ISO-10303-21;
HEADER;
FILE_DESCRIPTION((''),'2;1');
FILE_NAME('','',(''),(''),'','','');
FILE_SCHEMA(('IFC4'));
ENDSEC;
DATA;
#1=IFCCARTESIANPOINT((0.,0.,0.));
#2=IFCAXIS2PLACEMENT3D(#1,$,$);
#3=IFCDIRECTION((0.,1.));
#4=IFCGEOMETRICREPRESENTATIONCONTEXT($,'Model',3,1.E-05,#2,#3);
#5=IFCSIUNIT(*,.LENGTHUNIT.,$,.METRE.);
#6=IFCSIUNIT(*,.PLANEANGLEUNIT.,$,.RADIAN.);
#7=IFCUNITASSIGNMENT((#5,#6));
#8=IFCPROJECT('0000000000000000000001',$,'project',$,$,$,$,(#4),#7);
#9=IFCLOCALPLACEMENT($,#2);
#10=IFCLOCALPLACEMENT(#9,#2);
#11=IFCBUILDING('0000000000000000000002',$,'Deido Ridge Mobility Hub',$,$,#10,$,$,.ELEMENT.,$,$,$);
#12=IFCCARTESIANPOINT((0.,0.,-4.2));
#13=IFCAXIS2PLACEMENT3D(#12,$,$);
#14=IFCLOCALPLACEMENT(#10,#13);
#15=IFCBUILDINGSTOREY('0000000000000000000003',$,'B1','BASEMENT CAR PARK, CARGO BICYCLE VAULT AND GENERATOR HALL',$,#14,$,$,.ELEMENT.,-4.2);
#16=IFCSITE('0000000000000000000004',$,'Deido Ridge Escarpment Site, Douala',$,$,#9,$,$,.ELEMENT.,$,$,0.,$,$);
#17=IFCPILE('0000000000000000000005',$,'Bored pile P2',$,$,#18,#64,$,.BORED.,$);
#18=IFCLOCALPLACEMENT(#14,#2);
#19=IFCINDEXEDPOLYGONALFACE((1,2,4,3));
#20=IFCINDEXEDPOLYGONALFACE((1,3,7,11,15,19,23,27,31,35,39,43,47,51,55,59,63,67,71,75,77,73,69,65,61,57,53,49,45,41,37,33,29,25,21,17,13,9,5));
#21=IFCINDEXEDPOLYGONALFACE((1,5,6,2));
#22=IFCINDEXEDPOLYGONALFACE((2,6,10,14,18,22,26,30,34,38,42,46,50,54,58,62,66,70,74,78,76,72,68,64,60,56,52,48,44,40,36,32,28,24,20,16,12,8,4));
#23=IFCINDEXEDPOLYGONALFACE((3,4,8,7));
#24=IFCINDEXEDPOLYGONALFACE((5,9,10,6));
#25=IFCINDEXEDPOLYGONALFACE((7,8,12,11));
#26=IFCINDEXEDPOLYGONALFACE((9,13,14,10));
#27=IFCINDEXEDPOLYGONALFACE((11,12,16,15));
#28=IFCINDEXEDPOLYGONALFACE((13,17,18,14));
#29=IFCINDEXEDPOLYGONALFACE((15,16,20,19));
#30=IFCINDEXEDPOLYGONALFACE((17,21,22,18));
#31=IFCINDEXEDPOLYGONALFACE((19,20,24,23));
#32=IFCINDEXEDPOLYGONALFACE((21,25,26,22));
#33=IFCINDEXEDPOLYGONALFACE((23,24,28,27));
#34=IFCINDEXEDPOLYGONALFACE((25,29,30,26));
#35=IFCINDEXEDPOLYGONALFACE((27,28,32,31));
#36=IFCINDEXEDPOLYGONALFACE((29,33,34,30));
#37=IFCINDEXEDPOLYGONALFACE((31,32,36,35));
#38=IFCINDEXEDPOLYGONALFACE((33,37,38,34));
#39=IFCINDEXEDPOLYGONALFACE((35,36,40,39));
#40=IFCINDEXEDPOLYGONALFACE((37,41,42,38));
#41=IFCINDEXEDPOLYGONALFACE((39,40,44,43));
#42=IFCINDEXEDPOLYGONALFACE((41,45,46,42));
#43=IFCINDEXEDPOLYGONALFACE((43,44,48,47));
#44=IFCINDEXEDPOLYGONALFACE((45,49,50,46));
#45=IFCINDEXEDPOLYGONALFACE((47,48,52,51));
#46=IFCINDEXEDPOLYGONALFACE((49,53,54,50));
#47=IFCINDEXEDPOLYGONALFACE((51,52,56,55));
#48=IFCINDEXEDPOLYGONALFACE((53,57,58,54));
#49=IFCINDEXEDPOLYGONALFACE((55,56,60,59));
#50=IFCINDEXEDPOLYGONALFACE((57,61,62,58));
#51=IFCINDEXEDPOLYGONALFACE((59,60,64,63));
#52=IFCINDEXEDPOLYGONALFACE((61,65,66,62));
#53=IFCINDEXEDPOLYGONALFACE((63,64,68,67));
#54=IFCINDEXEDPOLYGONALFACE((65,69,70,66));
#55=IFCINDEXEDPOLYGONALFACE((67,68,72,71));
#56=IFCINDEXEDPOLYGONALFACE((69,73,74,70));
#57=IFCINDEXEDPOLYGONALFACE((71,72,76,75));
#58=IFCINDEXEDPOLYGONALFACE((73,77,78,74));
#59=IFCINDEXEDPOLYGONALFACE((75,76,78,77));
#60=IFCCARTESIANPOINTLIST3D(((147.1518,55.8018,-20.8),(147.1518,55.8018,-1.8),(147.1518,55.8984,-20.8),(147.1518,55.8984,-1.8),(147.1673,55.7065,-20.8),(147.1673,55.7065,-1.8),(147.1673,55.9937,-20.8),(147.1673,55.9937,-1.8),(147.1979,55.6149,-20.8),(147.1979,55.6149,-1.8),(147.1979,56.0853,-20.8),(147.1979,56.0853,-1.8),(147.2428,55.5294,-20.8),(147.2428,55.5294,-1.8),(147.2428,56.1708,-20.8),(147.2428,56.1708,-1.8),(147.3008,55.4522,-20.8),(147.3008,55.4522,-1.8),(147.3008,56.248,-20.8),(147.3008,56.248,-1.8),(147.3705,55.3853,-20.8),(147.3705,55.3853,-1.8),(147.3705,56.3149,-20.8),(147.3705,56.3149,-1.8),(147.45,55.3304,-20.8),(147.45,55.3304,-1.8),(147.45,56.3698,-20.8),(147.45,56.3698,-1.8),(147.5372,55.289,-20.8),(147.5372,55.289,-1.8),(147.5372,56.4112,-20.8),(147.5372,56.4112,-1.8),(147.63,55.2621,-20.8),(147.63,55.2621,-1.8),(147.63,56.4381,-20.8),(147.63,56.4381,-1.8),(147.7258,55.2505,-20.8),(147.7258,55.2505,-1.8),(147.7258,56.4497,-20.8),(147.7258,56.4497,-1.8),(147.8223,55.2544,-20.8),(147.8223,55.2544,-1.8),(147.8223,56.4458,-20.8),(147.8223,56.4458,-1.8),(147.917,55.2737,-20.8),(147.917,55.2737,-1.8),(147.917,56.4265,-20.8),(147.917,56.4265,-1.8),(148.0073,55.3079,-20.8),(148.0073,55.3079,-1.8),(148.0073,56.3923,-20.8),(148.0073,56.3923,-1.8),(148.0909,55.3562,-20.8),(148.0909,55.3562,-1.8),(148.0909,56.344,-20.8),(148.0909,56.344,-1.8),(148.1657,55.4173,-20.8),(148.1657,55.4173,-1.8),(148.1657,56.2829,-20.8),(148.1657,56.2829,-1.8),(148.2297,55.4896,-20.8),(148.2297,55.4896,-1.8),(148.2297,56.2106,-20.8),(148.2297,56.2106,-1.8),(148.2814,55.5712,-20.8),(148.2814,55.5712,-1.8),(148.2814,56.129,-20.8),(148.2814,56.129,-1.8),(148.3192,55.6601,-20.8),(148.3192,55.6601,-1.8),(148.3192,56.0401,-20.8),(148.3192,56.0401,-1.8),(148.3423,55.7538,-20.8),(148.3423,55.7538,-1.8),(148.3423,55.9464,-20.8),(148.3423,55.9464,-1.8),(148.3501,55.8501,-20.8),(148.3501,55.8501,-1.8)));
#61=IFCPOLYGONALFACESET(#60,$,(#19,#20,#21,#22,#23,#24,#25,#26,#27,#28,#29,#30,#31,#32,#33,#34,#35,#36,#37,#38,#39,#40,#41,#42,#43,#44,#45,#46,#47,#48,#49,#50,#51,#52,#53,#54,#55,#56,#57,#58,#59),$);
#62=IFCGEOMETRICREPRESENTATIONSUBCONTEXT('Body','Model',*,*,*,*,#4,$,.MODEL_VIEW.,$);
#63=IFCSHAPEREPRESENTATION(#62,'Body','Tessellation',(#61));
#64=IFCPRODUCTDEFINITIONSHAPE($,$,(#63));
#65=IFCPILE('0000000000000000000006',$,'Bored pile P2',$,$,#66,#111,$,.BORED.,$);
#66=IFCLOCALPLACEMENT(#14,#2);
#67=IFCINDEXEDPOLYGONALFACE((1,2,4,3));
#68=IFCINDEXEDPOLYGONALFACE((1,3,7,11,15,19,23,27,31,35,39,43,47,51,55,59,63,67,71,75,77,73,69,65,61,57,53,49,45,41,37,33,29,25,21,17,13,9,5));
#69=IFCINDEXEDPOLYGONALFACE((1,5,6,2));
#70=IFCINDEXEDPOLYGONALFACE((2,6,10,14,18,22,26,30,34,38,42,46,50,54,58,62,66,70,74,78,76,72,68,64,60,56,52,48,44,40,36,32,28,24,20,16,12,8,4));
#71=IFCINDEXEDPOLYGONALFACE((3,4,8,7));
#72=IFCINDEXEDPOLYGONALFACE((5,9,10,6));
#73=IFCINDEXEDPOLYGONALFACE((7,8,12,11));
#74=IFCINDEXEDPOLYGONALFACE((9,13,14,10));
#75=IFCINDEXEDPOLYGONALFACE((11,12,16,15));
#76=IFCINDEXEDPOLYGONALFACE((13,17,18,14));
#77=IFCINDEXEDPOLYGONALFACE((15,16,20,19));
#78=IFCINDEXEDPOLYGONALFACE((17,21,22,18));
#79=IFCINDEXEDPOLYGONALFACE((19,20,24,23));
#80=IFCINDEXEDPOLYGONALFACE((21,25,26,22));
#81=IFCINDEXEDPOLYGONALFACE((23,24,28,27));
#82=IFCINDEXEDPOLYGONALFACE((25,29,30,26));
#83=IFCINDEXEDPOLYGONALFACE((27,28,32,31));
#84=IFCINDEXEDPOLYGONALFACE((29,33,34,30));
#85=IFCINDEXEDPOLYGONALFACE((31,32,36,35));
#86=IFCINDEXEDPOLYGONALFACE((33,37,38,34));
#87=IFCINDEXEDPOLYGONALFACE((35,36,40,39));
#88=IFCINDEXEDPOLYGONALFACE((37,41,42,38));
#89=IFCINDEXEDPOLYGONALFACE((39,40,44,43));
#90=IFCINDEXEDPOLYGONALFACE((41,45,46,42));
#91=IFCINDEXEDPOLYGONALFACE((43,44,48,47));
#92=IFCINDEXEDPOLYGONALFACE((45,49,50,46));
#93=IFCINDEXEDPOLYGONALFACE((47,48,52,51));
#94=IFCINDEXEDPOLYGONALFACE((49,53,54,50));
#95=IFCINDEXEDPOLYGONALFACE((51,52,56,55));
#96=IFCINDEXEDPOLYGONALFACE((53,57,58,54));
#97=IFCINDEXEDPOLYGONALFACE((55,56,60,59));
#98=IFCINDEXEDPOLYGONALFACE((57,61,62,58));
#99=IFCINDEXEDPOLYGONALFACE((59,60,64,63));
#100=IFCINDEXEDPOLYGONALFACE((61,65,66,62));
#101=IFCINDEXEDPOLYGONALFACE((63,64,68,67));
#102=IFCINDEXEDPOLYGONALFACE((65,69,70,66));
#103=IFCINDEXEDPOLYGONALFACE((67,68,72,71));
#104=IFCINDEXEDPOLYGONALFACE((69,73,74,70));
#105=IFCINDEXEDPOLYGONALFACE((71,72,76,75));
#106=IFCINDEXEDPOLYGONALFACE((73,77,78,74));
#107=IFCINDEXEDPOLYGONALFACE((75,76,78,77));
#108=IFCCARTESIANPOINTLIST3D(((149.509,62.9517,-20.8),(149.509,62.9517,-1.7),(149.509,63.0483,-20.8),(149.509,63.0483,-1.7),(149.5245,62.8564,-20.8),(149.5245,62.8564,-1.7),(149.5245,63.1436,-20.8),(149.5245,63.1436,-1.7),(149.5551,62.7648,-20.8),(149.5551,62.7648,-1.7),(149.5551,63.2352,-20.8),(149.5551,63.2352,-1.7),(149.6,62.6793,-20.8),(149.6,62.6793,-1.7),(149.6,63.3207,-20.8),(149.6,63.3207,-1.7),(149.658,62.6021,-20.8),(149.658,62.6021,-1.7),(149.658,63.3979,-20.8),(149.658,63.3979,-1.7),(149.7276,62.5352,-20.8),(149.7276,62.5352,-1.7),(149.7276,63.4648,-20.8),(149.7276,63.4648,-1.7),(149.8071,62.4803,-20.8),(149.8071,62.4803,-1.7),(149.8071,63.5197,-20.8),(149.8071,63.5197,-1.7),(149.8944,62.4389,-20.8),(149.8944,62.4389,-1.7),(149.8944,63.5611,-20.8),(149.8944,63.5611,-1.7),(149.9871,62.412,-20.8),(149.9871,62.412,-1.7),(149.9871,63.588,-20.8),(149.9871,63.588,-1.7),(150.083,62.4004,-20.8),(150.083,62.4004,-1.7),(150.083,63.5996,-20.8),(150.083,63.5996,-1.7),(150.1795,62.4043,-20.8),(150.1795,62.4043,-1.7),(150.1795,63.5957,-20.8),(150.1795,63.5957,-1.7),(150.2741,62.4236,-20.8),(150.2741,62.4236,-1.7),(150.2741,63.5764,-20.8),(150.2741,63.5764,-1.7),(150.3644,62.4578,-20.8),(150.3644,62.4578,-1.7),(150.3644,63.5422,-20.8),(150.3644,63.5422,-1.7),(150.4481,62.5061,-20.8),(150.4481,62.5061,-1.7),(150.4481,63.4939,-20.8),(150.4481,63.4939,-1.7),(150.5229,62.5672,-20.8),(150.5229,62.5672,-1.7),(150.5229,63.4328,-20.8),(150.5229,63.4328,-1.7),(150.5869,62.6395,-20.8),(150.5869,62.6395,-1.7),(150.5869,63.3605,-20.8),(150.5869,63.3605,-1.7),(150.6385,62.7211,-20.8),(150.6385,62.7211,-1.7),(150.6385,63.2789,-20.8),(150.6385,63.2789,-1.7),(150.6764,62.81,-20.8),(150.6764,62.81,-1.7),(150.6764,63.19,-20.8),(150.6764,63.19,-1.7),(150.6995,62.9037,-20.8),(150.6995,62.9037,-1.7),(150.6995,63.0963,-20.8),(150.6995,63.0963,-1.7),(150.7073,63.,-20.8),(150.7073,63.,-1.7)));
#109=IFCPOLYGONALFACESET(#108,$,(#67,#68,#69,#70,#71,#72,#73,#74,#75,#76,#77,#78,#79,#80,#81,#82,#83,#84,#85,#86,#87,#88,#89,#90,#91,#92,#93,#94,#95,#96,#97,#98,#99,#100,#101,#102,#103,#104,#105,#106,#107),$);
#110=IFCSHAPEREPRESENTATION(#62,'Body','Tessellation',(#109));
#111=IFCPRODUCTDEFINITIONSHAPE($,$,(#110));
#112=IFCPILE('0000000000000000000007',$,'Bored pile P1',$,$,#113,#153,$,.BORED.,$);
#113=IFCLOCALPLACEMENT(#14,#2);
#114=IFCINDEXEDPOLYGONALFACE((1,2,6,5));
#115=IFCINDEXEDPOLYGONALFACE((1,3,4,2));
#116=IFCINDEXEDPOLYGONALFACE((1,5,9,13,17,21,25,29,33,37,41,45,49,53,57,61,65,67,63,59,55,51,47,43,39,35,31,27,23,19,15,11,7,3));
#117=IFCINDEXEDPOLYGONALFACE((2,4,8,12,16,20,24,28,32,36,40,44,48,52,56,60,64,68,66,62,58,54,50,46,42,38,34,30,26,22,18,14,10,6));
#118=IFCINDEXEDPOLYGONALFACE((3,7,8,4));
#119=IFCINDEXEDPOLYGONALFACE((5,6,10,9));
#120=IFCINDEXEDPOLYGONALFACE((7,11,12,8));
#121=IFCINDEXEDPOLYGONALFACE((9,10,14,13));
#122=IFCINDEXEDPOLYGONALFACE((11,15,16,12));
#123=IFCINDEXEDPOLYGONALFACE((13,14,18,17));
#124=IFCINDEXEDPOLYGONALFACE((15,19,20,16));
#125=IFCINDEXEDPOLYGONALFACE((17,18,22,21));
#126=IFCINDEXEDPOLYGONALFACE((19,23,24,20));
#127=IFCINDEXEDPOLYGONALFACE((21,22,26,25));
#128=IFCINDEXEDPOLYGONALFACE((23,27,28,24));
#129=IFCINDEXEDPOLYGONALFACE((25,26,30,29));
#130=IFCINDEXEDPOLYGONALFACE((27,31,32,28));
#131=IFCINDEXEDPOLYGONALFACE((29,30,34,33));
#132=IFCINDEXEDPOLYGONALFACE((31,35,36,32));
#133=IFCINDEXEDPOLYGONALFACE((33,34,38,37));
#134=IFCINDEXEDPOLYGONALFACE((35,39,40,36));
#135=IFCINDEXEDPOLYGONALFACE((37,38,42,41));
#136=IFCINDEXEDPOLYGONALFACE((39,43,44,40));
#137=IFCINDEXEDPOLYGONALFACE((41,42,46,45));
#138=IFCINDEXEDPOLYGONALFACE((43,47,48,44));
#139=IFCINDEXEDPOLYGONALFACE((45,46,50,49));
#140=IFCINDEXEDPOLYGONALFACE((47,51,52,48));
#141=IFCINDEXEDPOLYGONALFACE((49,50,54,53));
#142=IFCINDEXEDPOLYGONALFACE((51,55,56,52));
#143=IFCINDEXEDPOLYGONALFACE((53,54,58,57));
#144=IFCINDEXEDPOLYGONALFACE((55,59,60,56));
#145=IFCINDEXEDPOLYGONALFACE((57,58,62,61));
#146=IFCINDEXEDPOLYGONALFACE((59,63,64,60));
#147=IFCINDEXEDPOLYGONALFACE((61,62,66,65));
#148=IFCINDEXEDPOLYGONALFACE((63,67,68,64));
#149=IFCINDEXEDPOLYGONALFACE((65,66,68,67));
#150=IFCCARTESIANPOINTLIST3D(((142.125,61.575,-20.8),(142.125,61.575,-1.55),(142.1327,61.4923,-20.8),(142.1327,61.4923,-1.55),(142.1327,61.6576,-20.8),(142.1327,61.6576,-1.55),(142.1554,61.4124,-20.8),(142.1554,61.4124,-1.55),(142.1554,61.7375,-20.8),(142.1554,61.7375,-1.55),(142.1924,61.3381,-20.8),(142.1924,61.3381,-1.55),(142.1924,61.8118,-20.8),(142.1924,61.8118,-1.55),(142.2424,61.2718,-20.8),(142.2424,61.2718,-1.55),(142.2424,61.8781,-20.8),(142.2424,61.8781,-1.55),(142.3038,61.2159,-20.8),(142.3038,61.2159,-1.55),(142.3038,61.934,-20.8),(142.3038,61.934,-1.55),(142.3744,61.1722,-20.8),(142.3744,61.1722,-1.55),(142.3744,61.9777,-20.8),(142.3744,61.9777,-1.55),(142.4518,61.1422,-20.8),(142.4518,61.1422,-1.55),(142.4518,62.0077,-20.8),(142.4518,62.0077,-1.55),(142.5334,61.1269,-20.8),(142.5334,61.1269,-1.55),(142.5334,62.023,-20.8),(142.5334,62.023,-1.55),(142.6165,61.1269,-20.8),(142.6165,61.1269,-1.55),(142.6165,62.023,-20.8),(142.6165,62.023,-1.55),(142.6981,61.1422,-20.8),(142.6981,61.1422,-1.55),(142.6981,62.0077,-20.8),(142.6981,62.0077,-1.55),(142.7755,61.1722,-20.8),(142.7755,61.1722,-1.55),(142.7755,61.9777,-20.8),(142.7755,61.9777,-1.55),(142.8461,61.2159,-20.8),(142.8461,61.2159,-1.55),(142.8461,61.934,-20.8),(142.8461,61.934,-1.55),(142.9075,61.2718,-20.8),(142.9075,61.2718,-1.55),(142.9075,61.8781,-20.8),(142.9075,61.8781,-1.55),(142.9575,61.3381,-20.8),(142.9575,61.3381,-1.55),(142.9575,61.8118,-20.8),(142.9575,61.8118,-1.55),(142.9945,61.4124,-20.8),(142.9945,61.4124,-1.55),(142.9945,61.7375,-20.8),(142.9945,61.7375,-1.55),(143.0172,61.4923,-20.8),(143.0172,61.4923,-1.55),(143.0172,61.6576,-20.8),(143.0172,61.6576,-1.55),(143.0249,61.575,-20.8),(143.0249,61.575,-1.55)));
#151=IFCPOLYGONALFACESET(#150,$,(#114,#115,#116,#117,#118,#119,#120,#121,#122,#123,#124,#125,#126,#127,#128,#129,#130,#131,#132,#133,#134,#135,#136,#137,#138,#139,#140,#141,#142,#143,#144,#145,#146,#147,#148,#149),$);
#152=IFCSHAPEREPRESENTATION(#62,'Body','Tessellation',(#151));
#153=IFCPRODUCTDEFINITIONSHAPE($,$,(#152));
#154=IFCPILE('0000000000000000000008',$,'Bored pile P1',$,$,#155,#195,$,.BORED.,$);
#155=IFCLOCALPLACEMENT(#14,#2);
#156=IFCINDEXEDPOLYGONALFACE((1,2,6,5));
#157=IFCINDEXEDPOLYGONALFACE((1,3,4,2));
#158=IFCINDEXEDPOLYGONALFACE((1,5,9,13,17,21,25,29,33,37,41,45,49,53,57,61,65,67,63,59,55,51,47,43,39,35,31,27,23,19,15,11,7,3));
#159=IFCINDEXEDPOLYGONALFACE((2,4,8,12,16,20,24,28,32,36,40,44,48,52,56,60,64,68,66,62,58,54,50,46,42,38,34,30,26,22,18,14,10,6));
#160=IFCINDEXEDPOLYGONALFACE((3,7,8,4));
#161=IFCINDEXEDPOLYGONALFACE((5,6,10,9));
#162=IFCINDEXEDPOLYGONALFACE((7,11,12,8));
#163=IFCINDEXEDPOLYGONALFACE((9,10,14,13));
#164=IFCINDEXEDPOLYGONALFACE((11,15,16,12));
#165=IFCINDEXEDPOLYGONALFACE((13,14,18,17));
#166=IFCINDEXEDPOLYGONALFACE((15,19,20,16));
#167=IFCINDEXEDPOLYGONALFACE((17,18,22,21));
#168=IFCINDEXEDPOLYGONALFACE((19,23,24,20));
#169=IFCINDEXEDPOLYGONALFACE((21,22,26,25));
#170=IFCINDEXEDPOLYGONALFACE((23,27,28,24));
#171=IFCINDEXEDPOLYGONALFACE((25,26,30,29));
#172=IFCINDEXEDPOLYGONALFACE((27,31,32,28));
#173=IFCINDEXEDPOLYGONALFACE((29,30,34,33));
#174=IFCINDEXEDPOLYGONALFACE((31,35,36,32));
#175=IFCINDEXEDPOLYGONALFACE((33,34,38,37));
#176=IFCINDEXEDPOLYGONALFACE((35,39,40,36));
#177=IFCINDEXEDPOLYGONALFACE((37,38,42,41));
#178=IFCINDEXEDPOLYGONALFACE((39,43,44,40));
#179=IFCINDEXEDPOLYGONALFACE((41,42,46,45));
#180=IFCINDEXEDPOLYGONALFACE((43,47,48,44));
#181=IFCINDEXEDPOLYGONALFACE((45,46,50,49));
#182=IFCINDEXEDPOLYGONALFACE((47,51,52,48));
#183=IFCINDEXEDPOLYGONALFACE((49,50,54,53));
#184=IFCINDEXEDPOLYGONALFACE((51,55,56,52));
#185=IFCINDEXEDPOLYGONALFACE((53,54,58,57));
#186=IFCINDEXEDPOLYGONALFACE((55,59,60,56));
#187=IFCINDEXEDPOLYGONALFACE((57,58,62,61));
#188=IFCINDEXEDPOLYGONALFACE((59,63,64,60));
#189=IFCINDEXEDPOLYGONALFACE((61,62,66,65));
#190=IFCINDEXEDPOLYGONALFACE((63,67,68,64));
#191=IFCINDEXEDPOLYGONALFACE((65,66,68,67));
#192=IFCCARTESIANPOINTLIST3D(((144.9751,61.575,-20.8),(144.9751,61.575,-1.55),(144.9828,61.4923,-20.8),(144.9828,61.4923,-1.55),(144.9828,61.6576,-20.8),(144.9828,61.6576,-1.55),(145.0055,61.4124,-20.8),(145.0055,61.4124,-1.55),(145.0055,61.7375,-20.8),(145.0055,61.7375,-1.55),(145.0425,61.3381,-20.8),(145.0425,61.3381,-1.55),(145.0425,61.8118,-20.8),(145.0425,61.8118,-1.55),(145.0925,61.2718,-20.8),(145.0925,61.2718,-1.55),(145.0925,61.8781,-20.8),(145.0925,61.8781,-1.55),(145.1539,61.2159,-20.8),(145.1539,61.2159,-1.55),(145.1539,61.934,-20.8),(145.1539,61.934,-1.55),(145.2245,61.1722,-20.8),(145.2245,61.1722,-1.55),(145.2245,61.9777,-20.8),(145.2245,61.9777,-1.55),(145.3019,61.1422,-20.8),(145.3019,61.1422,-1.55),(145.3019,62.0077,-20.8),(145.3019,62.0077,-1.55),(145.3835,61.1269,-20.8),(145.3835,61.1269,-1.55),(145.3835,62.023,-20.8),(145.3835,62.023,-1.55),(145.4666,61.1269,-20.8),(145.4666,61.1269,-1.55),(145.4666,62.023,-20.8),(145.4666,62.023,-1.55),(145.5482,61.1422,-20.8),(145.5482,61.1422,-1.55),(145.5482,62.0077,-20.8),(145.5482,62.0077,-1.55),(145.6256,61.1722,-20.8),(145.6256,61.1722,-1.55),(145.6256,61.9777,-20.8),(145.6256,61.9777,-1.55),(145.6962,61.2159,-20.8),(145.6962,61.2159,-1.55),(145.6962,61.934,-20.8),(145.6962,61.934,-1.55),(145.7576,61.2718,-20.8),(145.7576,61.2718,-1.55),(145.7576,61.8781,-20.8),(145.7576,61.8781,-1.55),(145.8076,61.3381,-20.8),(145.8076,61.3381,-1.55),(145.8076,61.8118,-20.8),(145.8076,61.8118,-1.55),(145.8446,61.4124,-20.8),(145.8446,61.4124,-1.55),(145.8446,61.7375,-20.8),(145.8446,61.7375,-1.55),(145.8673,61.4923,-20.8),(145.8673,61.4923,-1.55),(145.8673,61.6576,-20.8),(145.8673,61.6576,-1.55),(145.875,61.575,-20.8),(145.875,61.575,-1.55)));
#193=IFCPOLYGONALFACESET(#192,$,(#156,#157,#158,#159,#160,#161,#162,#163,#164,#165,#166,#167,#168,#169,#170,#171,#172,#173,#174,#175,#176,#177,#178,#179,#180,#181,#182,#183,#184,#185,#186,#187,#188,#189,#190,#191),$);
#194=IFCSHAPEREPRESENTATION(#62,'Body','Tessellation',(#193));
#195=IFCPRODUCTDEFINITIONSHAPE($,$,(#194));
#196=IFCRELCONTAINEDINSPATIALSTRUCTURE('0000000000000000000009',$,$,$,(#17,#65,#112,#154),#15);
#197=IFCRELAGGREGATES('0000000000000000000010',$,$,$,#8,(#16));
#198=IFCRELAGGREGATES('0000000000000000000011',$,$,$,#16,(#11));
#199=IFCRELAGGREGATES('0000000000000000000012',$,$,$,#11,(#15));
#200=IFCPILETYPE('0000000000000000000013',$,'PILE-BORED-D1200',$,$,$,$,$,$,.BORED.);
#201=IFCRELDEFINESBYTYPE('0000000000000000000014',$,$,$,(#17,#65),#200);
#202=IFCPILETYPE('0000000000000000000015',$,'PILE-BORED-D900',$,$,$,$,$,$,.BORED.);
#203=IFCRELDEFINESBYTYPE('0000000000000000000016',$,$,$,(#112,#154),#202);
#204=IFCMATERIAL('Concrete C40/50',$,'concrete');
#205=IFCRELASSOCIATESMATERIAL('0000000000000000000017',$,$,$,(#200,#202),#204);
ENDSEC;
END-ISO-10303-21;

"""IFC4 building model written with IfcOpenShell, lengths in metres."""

from ifc_helpers import new_model, si_unit, direction, frame, origin, origin_2d, place, context, subcontext, project, spatial, circle, extrude, material, material_profile, profile_set, type_object, element, save


model = new_model("IFC4")

# Units and contexts
model_context = context("Model", 3, precision=1e-05, world=origin(), true_north=direction((0.0, 1.0)))
body_context = subcontext(model_context, "Body", "Model", "MODEL_VIEW")
ifc_project = project(units=[si_unit("LENGTHUNIT", "METRE"), si_unit("PLANEANGLEUNIT", "RADIAN")], contexts=[model_context])

# Site, building, storey
site_placement = place(None, origin())
site = spatial("IfcSite", under=ifc_project, at=site_placement, Name="Deido Ridge Escarpment Site, Douala", CompositionType="ELEMENT", RefElevation=0.0)
building_placement = place(site_placement, origin())
building = spatial("IfcBuilding", under=site, at=building_placement, Name="Deido Ridge Mobility Hub", CompositionType="ELEMENT")
storey_placement = place(building_placement, frame((0.0, 0.0, -4.2)))
storey = spatial("IfcBuildingStorey", under=building, at=storey_placement, Name="B1", Description="BASEMENT CAR PARK, CARGO BICYCLE VAULT AND GENERATOR HALL", CompositionType="ELEMENT", Elevation=-4.2)

# Shared definitions
ifc_material_1 = material(Name="Concrete C40/50", Category="concrete")

# Piles
ifc_material_profile_1 = material_profile(ifc_material_1, circle(Radius=0.6001, at=origin_2d()), Name="BORED PILE D1200")
ifc_profile_set_1 = profile_set([ifc_material_profile_1], Name="Concrete C40/50")
pile_type_1 = type_object("IfcPileType", Name="PILE-BORED-D1200", PredefinedType="BORED", material=ifc_profile_set_1)
for number, where, z_axis, x_axis, name in (
    (1, (147.75, 55.8501, -1.8), (0.0, 0.0, -1.0), (1.0, 0.0, 0.0), "Bored pile P2"),
):
    element("IfcPile", number, at=place(storey_placement, frame(where, z_axis=z_axis, x_axis=x_axis)), inside=storey, type_object=pile_type_1, Name=name, PredefinedType="BORED", context=body_context, shape_type="SweptSolid", body=[
        extrude(circle(Radius=0.6001, at=origin_2d()), origin(), (0.0, 0.0, 1.0), 19.0),
    ])
pile_1_placement = place(storey_placement, frame((150.1072, 63.0, -1.7), z_axis=(0.0, 0.0, -1.0), x_axis=(1.0, 0.0, 0.0)))
element("IfcPile", 2, at=pile_1_placement, inside=storey, type_object=pile_type_1, Name="Bored pile P2", PredefinedType="BORED", context=body_context, shape_type="SweptSolid", body=[
    extrude(circle(Radius=0.6001, at=origin_2d()), origin(), (0.0, 0.0, 1.0), 19.1001),
])
ifc_material_profile_2 = material_profile(ifc_material_1, circle(Radius=0.45, at=origin_2d()), Name="BORED PILE D900")
ifc_profile_set_2 = profile_set([ifc_material_profile_2], Name="Concrete C40/50")
pile_type_2 = type_object("IfcPileType", Name="PILE-BORED-D900", PredefinedType="BORED", material=ifc_profile_set_2)
for number, where, z_axis, x_axis, name in (
    (3, (142.575, 61.575, -1.55), (0.0, 0.0, -1.0), (1.0, 0.0, 0.0), "Bored pile P1"),
    (4, (145.425, 61.575, -1.55), (0.0, 0.0, -1.0), (1.0, 0.0, 0.0), "Bored pile P1"),
):
    element("IfcPile", number, at=place(storey_placement, frame(where, z_axis=z_axis, x_axis=x_axis)), inside=storey, type_object=pile_type_2, Name=name, PredefinedType="BORED", context=body_context, shape_type="SweptSolid", body=[
        extrude(circle(Radius=0.45, at=origin_2d()), origin(), (0.0, 0.0, 1.0), 19.25),
    ])

save(model, "model.ifc")
